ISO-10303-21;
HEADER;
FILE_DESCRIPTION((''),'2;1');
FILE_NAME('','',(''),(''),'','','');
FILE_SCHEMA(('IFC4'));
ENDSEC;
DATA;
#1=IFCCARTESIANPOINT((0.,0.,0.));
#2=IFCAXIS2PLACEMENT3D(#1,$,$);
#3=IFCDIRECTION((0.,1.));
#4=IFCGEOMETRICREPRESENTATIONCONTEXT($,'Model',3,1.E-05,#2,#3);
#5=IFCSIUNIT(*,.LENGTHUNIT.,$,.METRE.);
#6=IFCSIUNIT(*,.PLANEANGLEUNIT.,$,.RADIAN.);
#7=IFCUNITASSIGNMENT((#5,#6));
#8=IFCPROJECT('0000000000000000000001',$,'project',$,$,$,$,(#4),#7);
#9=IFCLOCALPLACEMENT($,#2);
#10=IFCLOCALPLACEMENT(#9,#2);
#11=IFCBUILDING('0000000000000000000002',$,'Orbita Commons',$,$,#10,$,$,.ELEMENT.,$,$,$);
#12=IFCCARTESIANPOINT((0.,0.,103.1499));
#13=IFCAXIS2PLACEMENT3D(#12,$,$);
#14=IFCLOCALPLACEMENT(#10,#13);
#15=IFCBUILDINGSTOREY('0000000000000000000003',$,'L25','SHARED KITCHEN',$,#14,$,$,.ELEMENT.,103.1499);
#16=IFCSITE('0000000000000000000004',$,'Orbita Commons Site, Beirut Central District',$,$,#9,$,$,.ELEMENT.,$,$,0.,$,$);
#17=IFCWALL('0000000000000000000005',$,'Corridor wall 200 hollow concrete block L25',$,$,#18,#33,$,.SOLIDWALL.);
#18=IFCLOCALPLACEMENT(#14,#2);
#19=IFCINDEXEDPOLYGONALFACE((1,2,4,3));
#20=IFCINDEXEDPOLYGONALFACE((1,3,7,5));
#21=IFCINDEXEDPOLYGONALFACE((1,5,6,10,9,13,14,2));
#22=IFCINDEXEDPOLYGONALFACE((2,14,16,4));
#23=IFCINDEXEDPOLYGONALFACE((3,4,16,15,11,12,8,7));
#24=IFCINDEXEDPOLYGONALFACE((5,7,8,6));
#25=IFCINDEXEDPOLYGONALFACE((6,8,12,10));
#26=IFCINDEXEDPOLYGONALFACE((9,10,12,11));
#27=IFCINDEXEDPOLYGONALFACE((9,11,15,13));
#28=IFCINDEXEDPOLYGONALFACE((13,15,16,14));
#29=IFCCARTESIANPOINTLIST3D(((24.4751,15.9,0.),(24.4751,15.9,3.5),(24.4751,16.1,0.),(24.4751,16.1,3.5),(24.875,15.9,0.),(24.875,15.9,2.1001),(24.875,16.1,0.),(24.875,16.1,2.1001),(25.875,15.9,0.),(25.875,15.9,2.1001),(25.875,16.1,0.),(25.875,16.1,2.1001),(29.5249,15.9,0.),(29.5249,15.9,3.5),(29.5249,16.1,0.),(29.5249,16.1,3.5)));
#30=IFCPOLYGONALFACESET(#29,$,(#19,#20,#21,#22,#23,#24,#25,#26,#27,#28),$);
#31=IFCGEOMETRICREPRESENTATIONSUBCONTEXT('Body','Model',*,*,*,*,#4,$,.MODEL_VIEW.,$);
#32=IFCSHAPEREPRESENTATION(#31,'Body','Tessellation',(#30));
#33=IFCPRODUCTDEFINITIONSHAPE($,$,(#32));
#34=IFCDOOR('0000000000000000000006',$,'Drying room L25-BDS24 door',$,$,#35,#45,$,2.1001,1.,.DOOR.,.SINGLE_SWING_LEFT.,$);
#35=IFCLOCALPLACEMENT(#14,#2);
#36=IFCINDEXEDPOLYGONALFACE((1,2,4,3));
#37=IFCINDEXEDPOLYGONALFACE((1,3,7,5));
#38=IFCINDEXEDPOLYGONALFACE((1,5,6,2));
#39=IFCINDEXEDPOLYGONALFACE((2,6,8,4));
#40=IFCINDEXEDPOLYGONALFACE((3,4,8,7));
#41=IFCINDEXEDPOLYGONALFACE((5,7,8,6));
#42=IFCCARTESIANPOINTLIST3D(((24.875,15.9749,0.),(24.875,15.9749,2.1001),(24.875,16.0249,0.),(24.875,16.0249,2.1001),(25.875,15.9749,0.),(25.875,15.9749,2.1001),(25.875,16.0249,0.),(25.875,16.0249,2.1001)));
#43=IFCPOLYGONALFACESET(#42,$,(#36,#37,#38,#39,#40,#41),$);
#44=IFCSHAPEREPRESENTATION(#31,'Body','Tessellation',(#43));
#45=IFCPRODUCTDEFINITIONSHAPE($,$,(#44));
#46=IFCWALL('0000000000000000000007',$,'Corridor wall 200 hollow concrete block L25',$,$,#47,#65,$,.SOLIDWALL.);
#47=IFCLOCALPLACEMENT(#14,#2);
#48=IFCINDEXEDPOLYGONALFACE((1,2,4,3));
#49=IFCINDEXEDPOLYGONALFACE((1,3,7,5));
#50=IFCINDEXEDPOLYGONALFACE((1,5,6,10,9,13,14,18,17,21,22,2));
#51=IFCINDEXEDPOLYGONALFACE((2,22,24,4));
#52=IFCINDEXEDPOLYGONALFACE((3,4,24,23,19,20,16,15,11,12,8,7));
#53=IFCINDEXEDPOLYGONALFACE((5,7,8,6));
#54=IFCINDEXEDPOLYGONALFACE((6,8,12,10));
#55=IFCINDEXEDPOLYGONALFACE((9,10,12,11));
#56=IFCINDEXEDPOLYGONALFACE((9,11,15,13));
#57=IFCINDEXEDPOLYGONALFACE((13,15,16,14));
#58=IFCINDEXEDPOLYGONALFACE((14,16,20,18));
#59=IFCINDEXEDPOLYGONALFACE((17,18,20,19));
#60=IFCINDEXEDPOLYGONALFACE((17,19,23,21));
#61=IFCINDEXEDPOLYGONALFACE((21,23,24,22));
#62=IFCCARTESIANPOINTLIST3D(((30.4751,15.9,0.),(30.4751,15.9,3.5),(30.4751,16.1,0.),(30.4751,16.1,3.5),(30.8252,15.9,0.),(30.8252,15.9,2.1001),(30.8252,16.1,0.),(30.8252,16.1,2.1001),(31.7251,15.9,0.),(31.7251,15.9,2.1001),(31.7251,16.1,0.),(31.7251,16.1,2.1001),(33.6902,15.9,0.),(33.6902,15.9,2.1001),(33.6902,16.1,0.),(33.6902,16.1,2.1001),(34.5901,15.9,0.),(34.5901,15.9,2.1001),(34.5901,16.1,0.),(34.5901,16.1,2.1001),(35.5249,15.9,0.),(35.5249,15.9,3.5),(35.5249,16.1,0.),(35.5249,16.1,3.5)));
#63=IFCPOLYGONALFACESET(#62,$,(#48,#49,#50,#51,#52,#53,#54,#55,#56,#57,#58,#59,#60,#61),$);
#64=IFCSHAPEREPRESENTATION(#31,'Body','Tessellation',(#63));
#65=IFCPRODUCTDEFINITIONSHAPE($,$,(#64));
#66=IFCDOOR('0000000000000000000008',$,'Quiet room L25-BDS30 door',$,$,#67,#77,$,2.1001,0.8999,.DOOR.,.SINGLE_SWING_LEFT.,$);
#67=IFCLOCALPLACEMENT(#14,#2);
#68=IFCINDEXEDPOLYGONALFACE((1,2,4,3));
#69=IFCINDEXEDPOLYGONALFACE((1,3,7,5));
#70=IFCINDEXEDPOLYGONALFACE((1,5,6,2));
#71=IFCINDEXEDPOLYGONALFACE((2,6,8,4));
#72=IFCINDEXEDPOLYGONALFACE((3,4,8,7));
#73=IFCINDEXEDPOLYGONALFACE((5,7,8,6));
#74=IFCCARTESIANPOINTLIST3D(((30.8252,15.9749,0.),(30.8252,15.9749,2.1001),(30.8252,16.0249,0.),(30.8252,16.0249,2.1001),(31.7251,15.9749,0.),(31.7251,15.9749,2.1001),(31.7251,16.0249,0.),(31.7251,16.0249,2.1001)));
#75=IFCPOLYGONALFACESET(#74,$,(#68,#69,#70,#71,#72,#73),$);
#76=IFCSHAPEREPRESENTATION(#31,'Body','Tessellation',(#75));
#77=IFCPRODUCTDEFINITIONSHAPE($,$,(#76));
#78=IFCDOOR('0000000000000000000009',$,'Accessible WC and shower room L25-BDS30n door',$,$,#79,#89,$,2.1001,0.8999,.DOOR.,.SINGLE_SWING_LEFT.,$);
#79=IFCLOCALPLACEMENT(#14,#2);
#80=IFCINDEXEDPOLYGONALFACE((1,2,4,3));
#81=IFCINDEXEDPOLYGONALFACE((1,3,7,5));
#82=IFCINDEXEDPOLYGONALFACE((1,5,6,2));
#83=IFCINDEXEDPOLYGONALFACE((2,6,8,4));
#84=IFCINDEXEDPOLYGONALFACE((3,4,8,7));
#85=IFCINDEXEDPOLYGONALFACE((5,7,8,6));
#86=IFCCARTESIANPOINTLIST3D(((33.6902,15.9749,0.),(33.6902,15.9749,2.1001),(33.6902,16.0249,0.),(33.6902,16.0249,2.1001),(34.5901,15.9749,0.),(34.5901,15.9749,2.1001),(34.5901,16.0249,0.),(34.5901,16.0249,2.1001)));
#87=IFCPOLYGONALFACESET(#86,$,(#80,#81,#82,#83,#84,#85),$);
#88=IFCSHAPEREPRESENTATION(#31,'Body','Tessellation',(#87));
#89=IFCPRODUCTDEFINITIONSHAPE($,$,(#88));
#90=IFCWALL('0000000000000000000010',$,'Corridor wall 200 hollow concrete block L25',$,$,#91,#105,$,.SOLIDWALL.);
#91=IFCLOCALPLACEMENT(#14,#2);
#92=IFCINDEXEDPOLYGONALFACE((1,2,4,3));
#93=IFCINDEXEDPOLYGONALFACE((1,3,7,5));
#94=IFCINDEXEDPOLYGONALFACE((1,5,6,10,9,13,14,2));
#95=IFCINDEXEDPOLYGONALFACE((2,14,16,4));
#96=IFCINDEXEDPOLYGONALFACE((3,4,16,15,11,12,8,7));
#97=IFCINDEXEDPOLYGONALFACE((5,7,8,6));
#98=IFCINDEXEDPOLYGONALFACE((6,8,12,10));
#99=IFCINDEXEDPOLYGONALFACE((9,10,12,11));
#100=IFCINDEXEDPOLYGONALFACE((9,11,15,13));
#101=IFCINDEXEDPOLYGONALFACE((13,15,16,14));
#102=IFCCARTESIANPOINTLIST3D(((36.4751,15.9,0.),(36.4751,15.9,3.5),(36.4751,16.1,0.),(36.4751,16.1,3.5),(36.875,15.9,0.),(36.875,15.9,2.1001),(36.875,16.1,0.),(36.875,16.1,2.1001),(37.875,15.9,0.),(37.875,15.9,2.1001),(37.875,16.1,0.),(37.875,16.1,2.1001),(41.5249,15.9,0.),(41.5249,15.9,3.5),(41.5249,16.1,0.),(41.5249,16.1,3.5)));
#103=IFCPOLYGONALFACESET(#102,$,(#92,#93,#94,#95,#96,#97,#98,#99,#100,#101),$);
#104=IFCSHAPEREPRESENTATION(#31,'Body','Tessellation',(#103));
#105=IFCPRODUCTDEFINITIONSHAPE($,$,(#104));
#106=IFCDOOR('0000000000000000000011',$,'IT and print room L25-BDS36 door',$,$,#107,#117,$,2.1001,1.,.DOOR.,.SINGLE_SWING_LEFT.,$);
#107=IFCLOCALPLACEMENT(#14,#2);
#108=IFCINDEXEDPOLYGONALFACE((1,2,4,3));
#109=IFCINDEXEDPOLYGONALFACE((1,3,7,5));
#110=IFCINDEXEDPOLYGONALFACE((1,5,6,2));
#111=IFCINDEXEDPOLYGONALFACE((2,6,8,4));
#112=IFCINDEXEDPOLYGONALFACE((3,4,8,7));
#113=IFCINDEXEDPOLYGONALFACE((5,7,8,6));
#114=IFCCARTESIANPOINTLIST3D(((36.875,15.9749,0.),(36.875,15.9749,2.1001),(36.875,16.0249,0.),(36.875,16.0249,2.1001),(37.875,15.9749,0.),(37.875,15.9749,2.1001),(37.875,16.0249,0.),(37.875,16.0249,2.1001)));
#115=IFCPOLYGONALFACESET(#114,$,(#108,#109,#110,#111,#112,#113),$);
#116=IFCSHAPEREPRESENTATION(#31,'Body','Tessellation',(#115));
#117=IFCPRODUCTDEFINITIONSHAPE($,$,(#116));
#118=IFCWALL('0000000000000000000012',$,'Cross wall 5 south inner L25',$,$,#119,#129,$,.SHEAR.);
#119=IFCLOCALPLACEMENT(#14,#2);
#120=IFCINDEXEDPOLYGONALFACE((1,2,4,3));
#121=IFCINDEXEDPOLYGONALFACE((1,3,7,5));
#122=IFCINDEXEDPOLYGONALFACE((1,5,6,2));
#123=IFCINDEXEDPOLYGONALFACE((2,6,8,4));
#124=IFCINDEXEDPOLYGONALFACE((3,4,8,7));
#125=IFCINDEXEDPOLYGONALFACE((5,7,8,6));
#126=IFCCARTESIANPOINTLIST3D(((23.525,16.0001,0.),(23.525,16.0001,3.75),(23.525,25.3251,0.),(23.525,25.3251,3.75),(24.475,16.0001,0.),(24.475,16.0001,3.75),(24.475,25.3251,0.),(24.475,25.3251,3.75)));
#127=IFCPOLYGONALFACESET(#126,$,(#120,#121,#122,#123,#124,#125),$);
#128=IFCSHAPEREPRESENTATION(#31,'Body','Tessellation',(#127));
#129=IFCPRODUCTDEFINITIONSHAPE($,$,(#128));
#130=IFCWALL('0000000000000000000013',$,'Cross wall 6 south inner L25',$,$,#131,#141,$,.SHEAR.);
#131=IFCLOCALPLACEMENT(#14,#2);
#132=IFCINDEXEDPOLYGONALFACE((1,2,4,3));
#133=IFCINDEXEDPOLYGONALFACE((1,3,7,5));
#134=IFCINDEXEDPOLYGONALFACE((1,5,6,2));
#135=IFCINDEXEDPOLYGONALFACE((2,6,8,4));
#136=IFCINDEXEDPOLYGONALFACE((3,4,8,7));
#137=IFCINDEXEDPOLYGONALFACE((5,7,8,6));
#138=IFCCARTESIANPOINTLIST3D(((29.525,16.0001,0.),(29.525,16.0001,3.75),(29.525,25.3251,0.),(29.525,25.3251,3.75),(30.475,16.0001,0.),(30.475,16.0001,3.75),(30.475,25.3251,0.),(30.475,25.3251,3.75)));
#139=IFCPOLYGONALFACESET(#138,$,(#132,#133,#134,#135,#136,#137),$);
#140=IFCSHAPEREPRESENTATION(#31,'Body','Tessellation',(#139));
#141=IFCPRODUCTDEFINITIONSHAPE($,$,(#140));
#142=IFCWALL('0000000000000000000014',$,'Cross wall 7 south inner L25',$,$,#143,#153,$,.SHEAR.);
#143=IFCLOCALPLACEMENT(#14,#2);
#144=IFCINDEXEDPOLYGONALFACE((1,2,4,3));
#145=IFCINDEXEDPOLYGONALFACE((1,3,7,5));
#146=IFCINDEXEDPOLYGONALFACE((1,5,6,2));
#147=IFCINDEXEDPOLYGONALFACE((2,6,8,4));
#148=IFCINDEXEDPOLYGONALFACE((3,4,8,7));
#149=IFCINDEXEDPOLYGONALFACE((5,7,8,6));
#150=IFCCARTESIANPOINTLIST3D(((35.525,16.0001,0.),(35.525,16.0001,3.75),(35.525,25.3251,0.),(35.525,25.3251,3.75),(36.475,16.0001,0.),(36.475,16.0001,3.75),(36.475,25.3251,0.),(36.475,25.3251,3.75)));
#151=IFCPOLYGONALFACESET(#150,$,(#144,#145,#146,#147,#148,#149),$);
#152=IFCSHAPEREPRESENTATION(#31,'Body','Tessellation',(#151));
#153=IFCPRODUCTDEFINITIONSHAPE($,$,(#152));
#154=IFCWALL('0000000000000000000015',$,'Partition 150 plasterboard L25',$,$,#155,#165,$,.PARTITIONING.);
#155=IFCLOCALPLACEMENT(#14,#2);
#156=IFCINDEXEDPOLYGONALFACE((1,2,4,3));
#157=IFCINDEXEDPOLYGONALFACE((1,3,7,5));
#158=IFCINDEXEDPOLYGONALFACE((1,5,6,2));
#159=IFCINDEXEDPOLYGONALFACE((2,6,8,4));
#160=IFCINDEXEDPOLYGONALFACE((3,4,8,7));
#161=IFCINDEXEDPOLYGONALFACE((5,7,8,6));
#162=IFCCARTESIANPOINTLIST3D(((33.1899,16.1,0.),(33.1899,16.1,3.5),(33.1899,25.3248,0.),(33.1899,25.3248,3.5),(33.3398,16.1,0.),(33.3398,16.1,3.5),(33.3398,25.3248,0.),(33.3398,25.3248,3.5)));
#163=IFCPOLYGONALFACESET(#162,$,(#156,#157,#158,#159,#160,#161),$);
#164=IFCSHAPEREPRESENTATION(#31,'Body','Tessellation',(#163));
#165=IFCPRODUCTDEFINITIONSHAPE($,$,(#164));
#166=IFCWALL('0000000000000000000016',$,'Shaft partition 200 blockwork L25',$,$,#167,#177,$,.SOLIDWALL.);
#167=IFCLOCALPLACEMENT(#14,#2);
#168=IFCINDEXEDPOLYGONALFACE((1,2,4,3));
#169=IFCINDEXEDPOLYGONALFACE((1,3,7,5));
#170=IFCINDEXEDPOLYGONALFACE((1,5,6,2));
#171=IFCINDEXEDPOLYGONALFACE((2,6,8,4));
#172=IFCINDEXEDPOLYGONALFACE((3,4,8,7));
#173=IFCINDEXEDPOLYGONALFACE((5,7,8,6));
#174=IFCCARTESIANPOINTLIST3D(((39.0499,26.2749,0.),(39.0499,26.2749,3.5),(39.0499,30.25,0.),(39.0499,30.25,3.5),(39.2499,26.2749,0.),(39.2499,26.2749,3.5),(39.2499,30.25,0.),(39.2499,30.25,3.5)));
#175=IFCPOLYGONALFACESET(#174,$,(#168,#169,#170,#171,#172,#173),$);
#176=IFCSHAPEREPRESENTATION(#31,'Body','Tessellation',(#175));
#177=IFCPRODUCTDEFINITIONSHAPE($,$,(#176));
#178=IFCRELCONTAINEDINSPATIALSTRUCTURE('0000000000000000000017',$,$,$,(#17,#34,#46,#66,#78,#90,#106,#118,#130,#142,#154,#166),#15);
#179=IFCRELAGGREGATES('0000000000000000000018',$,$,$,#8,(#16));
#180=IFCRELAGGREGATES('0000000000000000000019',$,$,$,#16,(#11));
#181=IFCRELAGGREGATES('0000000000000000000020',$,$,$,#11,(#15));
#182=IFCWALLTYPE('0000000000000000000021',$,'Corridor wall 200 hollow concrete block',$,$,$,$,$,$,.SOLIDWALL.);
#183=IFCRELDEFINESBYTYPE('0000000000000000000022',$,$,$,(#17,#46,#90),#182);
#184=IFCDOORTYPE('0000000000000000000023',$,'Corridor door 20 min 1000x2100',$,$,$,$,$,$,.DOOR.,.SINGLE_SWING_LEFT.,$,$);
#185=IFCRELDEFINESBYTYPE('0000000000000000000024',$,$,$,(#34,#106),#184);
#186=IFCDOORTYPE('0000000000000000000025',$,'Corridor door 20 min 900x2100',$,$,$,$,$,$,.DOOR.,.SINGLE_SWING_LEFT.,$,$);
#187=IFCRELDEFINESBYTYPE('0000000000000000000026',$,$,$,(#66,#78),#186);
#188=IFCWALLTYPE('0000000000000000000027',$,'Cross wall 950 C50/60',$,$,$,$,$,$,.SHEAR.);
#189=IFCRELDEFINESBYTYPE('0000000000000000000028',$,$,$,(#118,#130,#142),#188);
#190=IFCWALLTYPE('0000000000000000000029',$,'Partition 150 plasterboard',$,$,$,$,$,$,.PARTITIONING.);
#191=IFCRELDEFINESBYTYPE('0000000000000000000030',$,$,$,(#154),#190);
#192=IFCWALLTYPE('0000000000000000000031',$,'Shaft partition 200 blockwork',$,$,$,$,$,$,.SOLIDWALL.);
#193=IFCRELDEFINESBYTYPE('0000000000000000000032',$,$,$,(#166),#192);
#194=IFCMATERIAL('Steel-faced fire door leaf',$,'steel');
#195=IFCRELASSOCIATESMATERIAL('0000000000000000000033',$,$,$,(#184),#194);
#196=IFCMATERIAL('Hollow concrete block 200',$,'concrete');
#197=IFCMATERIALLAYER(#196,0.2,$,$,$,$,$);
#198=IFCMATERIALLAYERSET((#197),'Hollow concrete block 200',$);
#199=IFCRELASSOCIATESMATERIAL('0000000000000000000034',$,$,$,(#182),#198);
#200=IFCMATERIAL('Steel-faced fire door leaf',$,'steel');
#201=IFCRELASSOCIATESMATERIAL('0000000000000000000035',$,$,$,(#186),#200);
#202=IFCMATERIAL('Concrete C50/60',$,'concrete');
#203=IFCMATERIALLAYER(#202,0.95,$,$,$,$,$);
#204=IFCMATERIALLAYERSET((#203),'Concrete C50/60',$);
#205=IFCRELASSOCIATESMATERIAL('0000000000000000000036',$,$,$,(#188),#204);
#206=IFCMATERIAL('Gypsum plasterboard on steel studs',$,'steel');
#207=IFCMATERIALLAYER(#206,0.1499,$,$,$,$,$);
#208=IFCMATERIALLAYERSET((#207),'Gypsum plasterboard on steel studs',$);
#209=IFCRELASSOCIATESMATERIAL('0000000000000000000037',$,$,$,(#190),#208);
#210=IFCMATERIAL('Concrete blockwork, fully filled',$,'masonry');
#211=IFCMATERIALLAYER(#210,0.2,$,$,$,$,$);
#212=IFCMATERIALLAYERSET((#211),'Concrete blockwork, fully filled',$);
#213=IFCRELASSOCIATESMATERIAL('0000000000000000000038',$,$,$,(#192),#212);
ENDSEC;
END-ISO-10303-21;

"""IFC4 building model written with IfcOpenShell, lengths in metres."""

from ifc_helpers import new_model, si_unit, direction, frame, frame_2d, origin, place, context, subcontext, project, spatial, rectangle, extrude, material, layer, layer_set, type_object, element, fill, save


model = new_model("IFC4")

# Units and contexts
model_context = context("Model", 3, precision=1e-05, world=origin(), true_north=direction((0.0, 1.0)))
body_context = subcontext(model_context, "Body", "Model", "MODEL_VIEW")
ifc_project = project(units=[si_unit("LENGTHUNIT", "METRE"), si_unit("PLANEANGLEUNIT", "RADIAN")], contexts=[model_context])

# Site, building, storey
site_placement = place(None, origin())
site = spatial("IfcSite", under=ifc_project, at=site_placement, Name="Orbita Commons Site, Beirut Central District", CompositionType="ELEMENT", RefElevation=0.0)
building_placement = place(site_placement, origin())
building = spatial("IfcBuilding", under=site, at=building_placement, Name="Orbita Commons", CompositionType="ELEMENT")
storey_placement = place(building_placement, frame((0.0, 0.0, 103.1499)))
storey = spatial("IfcBuildingStorey", under=building, at=storey_placement, Name="L25", Description="SHARED KITCHEN", CompositionType="ELEMENT", Elevation=103.1499)

# Wall, opening, door
ifc_material_1 = material(Name="Steel-faced fire door leaf", Category="steel")
door_type_1 = type_object("IfcDoorType", Name="Corridor door 20 min 1000x2100", OperationType="SINGLE_SWING_LEFT", PredefinedType="DOOR", material=ifc_material_1)
ifc_material_2 = material(Name="Hollow concrete block 200", Category="concrete")
ifc_layer_1 = layer(ifc_material_2, 0.2)
ifc_layer_set_1 = layer_set([ifc_layer_1], Name="Hollow concrete block 200")
wall_type_1 = type_object("IfcWallType", Name="Corridor wall 200 hollow concrete block", PredefinedType="SOLIDWALL", material=ifc_layer_set_1)
wall_1_placement = place(storey_placement, frame((24.4751, 16.0, 0.0), z_axis=(0.0, 0.0, 1.0), x_axis=(1.0, 0.0, 0.0)))
wall_1 = element("IfcWall", 1, at=wall_1_placement, inside=storey, type_object=wall_type_1, Name="Corridor wall 200 hollow concrete block L25", PredefinedType="SOLIDWALL", context=body_context, shape_type="SweptSolid", body=[
    extrude(rectangle(XDim=5.0498, YDim=0.2, at=frame_2d((2.5249, 0.0))), origin(), (0.0, 0.0, 1.0), 3.5),
])
opening_1_placement = place(wall_1_placement, frame((0.3999, 0.0, 0.0)))
opening_1 = element("IfcOpeningElement", 2, at=opening_1_placement, cuts=wall_1, PredefinedType="OPENING", context=body_context, shape_type="SweptSolid", body=[
    extrude(rectangle(XDim=1.0, YDim=2.1001, at=frame_2d((0.5, 1.05))), frame((0.0, 0.1099, 0.0), z_axis=(0.0, -1.0, 0.0), x_axis=(1.0, 0.0, 0.0)), (0.0, 0.0, 1.0), 0.22),
])
door_1_placement = place(opening_1_placement, origin())
door_1 = element("IfcDoor", 3, at=door_1_placement, inside=storey, type_object=door_type_1, Name="Drying room L25-BDS24 door", OperationType="SINGLE_SWING_LEFT", OverallHeight=2.1001, OverallWidth=1.0, PredefinedType="DOOR", context=body_context, shape_type="SweptSolid", body=[
    extrude(rectangle(XDim=1.0, YDim=2.1001, at=frame_2d((0.5, 1.05))), frame((0.0, 0.0249, 0.0), z_axis=(0.0, -1.0, 0.0), x_axis=(1.0, 0.0, 0.0)), (0.0, 0.0, 1.0), 0.05),
])
fill(opening_1, door_1)

# Wall, openings, doors
wall_2_placement = place(storey_placement, frame((30.4751, 16.0, 0.0), z_axis=(0.0, 0.0, 1.0), x_axis=(1.0, 0.0, 0.0)))
wall_2 = element("IfcWall", 4, at=wall_2_placement, inside=storey, type_object=wall_type_1, Name="Corridor wall 200 hollow concrete block L25", PredefinedType="SOLIDWALL", context=body_context, shape_type="SweptSolid", body=[
    extrude(rectangle(XDim=5.0498, YDim=0.2, at=frame_2d((2.5249, 0.0))), origin(), (0.0, 0.0, 1.0), 3.5),
])
opening_2_placement = place(wall_2_placement, frame((0.3501, 0.0, 0.0)))
opening_2 = element("IfcOpeningElement", 5, at=opening_2_placement, cuts=wall_2, PredefinedType="OPENING", context=body_context, shape_type="SweptSolid", body=[
    extrude(rectangle(XDim=0.8999, YDim=2.1001, at=frame_2d((0.45, 1.05))), frame((0.0, 0.1099, 0.0), z_axis=(0.0, -1.0, 0.0), x_axis=(1.0, 0.0, 0.0)), (0.0, 0.0, 1.0), 0.22),
])
opening_3_placement = place(wall_2_placement, frame((3.2151, 0.0, 0.0)))
opening_3 = element("IfcOpeningElement", 6, at=opening_3_placement, cuts=wall_2, PredefinedType="OPENING", context=body_context, shape_type="SweptSolid", body=[
    extrude(rectangle(XDim=0.8999, YDim=2.1001, at=frame_2d((0.45, 1.05))), frame((0.0, 0.1099, 0.0), z_axis=(0.0, -1.0, 0.0), x_axis=(1.0, 0.0, 0.0)), (0.0, 0.0, 1.0), 0.22),
])
ifc_material_3 = material(Name="Steel-faced fire door leaf", Category="steel")
door_type_2 = type_object("IfcDoorType", Name="Corridor door 20 min 900x2100", OperationType="SINGLE_SWING_LEFT", PredefinedType="DOOR", material=ifc_material_3)
door_2_placement = place(opening_2_placement, origin())
door_2 = element("IfcDoor", 7, at=door_2_placement, inside=storey, type_object=door_type_2, Name="Quiet room L25-BDS30 door", OperationType="SINGLE_SWING_LEFT", OverallHeight=2.1001, OverallWidth=0.8999, PredefinedType="DOOR", context=body_context, shape_type="SweptSolid", body=[
    extrude(rectangle(XDim=0.8999, YDim=2.1001, at=frame_2d((0.45, 1.05))), frame((0.0, 0.0249, 0.0), z_axis=(0.0, -1.0, 0.0), x_axis=(1.0, 0.0, 0.0)), (0.0, 0.0, 1.0), 0.05),
])
fill(opening_2, door_2)
door_3_placement = place(opening_3_placement, origin())
door_3 = element("IfcDoor", 8, at=door_3_placement, inside=storey, type_object=door_type_2, Name="Accessible WC and shower room L25-BDS30n door", OperationType="SINGLE_SWING_LEFT", OverallHeight=2.1001, OverallWidth=0.8999, PredefinedType="DOOR", context=body_context, shape_type="SweptSolid", body=[
    extrude(rectangle(XDim=0.8999, YDim=2.1001, at=frame_2d((0.45, 1.05))), frame((0.0, 0.0249, 0.0), z_axis=(0.0, -1.0, 0.0), x_axis=(1.0, 0.0, 0.0)), (0.0, 0.0, 1.0), 0.05),
])
fill(opening_3, door_3)

# Wall, opening, door
wall_3_placement = place(storey_placement, frame((36.4751, 16.0, 0.0), z_axis=(0.0, 0.0, 1.0), x_axis=(1.0, 0.0, 0.0)))
wall_3 = element("IfcWall", 9, at=wall_3_placement, inside=storey, type_object=wall_type_1, Name="Corridor wall 200 hollow concrete block L25", PredefinedType="SOLIDWALL", context=body_context, shape_type="SweptSolid", body=[
    extrude(rectangle(XDim=5.0498, YDim=0.2, at=frame_2d((2.5249, 0.0))), origin(), (0.0, 0.0, 1.0), 3.5),
])
opening_4_placement = place(wall_3_placement, frame((0.3999, 0.0, 0.0)))
opening_4 = element("IfcOpeningElement", 10, at=opening_4_placement, cuts=wall_3, PredefinedType="OPENING", context=body_context, shape_type="SweptSolid", body=[
    extrude(rectangle(XDim=1.0, YDim=2.1001, at=frame_2d((0.5, 1.05))), frame((0.0, 0.1099, 0.0), z_axis=(0.0, -1.0, 0.0), x_axis=(1.0, 0.0, 0.0)), (0.0, 0.0, 1.0), 0.22),
])
door_4_placement = place(opening_4_placement, origin())
door_4 = element("IfcDoor", 11, at=door_4_placement, inside=storey, type_object=door_type_1, Name="IT and print room L25-BDS36 door", OperationType="SINGLE_SWING_LEFT", OverallHeight=2.1001, OverallWidth=1.0, PredefinedType="DOOR", context=body_context, shape_type="SweptSolid", body=[
    extrude(rectangle(XDim=1.0, YDim=2.1001, at=frame_2d((0.5, 1.05))), frame((0.0, 0.0249, 0.0), z_axis=(0.0, -1.0, 0.0), x_axis=(1.0, 0.0, 0.0)), (0.0, 0.0, 1.0), 0.05),
])
fill(opening_4, door_4)

# Walls
ifc_material_4 = material(Name="Concrete C50/60", Category="concrete")
ifc_layer_2 = layer(ifc_material_4, 0.95)
ifc_layer_set_2 = layer_set([ifc_layer_2], Name="Concrete C50/60")
wall_type_2 = type_object("IfcWallType", Name="Cross wall 950 C50/60", PredefinedType="SHEAR", material=ifc_layer_set_2)
for number, where, z_axis, x_axis, name in (
    (12, (24.0, 16.0, 0.0), (0.0, 0.0, 1.0), (0.0, 1.0, 0.0), "Cross wall 5 south inner L25"),
    (13, (30.0, 16.0, 0.0), (0.0, 0.0, 1.0), (0.0, 1.0, 0.0), "Cross wall 6 south inner L25"),
    (14, (36.0, 16.0, 0.0), (0.0, 0.0, 1.0), (0.0, 1.0, 0.0), "Cross wall 7 south inner L25"),
):
    element("IfcWall", number, at=place(storey_placement, frame(where, z_axis=z_axis, x_axis=x_axis)), inside=storey, type_object=wall_type_2, Name=name, PredefinedType="SHEAR", context=body_context, shape_type="SweptSolid", body=[
        extrude(rectangle(XDim=9.325, YDim=0.95, at=frame_2d((4.6626, 0.0))), origin(), (0.0, 0.0, 1.0), 3.75),
    ])
ifc_material_5 = material(Name="Gypsum plasterboard on steel studs", Category="steel")
ifc_layer_3 = layer(ifc_material_5, 0.1499)
ifc_layer_set_3 = layer_set([ifc_layer_3], Name="Gypsum plasterboard on steel studs")
wall_type_3 = type_object("IfcWallType", Name="Partition 150 plasterboard", PredefinedType="PARTITIONING", material=ifc_layer_set_3)
wall_4_placement = place(storey_placement, frame((33.2649, 16.1001, 0.0), z_axis=(0.0, 0.0, 1.0), x_axis=(0.0, 1.0, 0.0)))
element("IfcWall", 15, at=wall_4_placement, inside=storey, type_object=wall_type_3, Name="Partition 150 plasterboard L25", PredefinedType="PARTITIONING", context=body_context, shape_type="SweptSolid", body=[
    extrude(rectangle(XDim=9.2249, YDim=0.1499, at=frame_2d((4.6123, 0.0))), origin(), (0.0, 0.0, 1.0), 3.5),
])
ifc_material_6 = material(Name="Concrete blockwork, fully filled", Category="masonry")
ifc_layer_4 = layer(ifc_material_6, 0.2)
ifc_layer_set_4 = layer_set([ifc_layer_4], Name="Concrete blockwork, fully filled")
wall_type_4 = type_object("IfcWallType", Name="Shaft partition 200 blockwork", PredefinedType="SOLIDWALL", material=ifc_layer_set_4)
wall_5_placement = place(storey_placement, frame((39.1499, 26.2749, 0.0), z_axis=(0.0, 0.0, 1.0), x_axis=(0.0, 1.0, 0.0)))
element("IfcWall", 16, at=wall_5_placement, inside=storey, type_object=wall_type_4, Name="Shaft partition 200 blockwork L25", PredefinedType="SOLIDWALL", context=body_context, shape_type="SweptSolid", body=[
    extrude(rectangle(XDim=3.9751, YDim=0.2, at=frame_2d((1.9875, 0.0))), origin(), (0.0, 0.0, 1.0), 3.5),
])

save(model, "model.ifc")
